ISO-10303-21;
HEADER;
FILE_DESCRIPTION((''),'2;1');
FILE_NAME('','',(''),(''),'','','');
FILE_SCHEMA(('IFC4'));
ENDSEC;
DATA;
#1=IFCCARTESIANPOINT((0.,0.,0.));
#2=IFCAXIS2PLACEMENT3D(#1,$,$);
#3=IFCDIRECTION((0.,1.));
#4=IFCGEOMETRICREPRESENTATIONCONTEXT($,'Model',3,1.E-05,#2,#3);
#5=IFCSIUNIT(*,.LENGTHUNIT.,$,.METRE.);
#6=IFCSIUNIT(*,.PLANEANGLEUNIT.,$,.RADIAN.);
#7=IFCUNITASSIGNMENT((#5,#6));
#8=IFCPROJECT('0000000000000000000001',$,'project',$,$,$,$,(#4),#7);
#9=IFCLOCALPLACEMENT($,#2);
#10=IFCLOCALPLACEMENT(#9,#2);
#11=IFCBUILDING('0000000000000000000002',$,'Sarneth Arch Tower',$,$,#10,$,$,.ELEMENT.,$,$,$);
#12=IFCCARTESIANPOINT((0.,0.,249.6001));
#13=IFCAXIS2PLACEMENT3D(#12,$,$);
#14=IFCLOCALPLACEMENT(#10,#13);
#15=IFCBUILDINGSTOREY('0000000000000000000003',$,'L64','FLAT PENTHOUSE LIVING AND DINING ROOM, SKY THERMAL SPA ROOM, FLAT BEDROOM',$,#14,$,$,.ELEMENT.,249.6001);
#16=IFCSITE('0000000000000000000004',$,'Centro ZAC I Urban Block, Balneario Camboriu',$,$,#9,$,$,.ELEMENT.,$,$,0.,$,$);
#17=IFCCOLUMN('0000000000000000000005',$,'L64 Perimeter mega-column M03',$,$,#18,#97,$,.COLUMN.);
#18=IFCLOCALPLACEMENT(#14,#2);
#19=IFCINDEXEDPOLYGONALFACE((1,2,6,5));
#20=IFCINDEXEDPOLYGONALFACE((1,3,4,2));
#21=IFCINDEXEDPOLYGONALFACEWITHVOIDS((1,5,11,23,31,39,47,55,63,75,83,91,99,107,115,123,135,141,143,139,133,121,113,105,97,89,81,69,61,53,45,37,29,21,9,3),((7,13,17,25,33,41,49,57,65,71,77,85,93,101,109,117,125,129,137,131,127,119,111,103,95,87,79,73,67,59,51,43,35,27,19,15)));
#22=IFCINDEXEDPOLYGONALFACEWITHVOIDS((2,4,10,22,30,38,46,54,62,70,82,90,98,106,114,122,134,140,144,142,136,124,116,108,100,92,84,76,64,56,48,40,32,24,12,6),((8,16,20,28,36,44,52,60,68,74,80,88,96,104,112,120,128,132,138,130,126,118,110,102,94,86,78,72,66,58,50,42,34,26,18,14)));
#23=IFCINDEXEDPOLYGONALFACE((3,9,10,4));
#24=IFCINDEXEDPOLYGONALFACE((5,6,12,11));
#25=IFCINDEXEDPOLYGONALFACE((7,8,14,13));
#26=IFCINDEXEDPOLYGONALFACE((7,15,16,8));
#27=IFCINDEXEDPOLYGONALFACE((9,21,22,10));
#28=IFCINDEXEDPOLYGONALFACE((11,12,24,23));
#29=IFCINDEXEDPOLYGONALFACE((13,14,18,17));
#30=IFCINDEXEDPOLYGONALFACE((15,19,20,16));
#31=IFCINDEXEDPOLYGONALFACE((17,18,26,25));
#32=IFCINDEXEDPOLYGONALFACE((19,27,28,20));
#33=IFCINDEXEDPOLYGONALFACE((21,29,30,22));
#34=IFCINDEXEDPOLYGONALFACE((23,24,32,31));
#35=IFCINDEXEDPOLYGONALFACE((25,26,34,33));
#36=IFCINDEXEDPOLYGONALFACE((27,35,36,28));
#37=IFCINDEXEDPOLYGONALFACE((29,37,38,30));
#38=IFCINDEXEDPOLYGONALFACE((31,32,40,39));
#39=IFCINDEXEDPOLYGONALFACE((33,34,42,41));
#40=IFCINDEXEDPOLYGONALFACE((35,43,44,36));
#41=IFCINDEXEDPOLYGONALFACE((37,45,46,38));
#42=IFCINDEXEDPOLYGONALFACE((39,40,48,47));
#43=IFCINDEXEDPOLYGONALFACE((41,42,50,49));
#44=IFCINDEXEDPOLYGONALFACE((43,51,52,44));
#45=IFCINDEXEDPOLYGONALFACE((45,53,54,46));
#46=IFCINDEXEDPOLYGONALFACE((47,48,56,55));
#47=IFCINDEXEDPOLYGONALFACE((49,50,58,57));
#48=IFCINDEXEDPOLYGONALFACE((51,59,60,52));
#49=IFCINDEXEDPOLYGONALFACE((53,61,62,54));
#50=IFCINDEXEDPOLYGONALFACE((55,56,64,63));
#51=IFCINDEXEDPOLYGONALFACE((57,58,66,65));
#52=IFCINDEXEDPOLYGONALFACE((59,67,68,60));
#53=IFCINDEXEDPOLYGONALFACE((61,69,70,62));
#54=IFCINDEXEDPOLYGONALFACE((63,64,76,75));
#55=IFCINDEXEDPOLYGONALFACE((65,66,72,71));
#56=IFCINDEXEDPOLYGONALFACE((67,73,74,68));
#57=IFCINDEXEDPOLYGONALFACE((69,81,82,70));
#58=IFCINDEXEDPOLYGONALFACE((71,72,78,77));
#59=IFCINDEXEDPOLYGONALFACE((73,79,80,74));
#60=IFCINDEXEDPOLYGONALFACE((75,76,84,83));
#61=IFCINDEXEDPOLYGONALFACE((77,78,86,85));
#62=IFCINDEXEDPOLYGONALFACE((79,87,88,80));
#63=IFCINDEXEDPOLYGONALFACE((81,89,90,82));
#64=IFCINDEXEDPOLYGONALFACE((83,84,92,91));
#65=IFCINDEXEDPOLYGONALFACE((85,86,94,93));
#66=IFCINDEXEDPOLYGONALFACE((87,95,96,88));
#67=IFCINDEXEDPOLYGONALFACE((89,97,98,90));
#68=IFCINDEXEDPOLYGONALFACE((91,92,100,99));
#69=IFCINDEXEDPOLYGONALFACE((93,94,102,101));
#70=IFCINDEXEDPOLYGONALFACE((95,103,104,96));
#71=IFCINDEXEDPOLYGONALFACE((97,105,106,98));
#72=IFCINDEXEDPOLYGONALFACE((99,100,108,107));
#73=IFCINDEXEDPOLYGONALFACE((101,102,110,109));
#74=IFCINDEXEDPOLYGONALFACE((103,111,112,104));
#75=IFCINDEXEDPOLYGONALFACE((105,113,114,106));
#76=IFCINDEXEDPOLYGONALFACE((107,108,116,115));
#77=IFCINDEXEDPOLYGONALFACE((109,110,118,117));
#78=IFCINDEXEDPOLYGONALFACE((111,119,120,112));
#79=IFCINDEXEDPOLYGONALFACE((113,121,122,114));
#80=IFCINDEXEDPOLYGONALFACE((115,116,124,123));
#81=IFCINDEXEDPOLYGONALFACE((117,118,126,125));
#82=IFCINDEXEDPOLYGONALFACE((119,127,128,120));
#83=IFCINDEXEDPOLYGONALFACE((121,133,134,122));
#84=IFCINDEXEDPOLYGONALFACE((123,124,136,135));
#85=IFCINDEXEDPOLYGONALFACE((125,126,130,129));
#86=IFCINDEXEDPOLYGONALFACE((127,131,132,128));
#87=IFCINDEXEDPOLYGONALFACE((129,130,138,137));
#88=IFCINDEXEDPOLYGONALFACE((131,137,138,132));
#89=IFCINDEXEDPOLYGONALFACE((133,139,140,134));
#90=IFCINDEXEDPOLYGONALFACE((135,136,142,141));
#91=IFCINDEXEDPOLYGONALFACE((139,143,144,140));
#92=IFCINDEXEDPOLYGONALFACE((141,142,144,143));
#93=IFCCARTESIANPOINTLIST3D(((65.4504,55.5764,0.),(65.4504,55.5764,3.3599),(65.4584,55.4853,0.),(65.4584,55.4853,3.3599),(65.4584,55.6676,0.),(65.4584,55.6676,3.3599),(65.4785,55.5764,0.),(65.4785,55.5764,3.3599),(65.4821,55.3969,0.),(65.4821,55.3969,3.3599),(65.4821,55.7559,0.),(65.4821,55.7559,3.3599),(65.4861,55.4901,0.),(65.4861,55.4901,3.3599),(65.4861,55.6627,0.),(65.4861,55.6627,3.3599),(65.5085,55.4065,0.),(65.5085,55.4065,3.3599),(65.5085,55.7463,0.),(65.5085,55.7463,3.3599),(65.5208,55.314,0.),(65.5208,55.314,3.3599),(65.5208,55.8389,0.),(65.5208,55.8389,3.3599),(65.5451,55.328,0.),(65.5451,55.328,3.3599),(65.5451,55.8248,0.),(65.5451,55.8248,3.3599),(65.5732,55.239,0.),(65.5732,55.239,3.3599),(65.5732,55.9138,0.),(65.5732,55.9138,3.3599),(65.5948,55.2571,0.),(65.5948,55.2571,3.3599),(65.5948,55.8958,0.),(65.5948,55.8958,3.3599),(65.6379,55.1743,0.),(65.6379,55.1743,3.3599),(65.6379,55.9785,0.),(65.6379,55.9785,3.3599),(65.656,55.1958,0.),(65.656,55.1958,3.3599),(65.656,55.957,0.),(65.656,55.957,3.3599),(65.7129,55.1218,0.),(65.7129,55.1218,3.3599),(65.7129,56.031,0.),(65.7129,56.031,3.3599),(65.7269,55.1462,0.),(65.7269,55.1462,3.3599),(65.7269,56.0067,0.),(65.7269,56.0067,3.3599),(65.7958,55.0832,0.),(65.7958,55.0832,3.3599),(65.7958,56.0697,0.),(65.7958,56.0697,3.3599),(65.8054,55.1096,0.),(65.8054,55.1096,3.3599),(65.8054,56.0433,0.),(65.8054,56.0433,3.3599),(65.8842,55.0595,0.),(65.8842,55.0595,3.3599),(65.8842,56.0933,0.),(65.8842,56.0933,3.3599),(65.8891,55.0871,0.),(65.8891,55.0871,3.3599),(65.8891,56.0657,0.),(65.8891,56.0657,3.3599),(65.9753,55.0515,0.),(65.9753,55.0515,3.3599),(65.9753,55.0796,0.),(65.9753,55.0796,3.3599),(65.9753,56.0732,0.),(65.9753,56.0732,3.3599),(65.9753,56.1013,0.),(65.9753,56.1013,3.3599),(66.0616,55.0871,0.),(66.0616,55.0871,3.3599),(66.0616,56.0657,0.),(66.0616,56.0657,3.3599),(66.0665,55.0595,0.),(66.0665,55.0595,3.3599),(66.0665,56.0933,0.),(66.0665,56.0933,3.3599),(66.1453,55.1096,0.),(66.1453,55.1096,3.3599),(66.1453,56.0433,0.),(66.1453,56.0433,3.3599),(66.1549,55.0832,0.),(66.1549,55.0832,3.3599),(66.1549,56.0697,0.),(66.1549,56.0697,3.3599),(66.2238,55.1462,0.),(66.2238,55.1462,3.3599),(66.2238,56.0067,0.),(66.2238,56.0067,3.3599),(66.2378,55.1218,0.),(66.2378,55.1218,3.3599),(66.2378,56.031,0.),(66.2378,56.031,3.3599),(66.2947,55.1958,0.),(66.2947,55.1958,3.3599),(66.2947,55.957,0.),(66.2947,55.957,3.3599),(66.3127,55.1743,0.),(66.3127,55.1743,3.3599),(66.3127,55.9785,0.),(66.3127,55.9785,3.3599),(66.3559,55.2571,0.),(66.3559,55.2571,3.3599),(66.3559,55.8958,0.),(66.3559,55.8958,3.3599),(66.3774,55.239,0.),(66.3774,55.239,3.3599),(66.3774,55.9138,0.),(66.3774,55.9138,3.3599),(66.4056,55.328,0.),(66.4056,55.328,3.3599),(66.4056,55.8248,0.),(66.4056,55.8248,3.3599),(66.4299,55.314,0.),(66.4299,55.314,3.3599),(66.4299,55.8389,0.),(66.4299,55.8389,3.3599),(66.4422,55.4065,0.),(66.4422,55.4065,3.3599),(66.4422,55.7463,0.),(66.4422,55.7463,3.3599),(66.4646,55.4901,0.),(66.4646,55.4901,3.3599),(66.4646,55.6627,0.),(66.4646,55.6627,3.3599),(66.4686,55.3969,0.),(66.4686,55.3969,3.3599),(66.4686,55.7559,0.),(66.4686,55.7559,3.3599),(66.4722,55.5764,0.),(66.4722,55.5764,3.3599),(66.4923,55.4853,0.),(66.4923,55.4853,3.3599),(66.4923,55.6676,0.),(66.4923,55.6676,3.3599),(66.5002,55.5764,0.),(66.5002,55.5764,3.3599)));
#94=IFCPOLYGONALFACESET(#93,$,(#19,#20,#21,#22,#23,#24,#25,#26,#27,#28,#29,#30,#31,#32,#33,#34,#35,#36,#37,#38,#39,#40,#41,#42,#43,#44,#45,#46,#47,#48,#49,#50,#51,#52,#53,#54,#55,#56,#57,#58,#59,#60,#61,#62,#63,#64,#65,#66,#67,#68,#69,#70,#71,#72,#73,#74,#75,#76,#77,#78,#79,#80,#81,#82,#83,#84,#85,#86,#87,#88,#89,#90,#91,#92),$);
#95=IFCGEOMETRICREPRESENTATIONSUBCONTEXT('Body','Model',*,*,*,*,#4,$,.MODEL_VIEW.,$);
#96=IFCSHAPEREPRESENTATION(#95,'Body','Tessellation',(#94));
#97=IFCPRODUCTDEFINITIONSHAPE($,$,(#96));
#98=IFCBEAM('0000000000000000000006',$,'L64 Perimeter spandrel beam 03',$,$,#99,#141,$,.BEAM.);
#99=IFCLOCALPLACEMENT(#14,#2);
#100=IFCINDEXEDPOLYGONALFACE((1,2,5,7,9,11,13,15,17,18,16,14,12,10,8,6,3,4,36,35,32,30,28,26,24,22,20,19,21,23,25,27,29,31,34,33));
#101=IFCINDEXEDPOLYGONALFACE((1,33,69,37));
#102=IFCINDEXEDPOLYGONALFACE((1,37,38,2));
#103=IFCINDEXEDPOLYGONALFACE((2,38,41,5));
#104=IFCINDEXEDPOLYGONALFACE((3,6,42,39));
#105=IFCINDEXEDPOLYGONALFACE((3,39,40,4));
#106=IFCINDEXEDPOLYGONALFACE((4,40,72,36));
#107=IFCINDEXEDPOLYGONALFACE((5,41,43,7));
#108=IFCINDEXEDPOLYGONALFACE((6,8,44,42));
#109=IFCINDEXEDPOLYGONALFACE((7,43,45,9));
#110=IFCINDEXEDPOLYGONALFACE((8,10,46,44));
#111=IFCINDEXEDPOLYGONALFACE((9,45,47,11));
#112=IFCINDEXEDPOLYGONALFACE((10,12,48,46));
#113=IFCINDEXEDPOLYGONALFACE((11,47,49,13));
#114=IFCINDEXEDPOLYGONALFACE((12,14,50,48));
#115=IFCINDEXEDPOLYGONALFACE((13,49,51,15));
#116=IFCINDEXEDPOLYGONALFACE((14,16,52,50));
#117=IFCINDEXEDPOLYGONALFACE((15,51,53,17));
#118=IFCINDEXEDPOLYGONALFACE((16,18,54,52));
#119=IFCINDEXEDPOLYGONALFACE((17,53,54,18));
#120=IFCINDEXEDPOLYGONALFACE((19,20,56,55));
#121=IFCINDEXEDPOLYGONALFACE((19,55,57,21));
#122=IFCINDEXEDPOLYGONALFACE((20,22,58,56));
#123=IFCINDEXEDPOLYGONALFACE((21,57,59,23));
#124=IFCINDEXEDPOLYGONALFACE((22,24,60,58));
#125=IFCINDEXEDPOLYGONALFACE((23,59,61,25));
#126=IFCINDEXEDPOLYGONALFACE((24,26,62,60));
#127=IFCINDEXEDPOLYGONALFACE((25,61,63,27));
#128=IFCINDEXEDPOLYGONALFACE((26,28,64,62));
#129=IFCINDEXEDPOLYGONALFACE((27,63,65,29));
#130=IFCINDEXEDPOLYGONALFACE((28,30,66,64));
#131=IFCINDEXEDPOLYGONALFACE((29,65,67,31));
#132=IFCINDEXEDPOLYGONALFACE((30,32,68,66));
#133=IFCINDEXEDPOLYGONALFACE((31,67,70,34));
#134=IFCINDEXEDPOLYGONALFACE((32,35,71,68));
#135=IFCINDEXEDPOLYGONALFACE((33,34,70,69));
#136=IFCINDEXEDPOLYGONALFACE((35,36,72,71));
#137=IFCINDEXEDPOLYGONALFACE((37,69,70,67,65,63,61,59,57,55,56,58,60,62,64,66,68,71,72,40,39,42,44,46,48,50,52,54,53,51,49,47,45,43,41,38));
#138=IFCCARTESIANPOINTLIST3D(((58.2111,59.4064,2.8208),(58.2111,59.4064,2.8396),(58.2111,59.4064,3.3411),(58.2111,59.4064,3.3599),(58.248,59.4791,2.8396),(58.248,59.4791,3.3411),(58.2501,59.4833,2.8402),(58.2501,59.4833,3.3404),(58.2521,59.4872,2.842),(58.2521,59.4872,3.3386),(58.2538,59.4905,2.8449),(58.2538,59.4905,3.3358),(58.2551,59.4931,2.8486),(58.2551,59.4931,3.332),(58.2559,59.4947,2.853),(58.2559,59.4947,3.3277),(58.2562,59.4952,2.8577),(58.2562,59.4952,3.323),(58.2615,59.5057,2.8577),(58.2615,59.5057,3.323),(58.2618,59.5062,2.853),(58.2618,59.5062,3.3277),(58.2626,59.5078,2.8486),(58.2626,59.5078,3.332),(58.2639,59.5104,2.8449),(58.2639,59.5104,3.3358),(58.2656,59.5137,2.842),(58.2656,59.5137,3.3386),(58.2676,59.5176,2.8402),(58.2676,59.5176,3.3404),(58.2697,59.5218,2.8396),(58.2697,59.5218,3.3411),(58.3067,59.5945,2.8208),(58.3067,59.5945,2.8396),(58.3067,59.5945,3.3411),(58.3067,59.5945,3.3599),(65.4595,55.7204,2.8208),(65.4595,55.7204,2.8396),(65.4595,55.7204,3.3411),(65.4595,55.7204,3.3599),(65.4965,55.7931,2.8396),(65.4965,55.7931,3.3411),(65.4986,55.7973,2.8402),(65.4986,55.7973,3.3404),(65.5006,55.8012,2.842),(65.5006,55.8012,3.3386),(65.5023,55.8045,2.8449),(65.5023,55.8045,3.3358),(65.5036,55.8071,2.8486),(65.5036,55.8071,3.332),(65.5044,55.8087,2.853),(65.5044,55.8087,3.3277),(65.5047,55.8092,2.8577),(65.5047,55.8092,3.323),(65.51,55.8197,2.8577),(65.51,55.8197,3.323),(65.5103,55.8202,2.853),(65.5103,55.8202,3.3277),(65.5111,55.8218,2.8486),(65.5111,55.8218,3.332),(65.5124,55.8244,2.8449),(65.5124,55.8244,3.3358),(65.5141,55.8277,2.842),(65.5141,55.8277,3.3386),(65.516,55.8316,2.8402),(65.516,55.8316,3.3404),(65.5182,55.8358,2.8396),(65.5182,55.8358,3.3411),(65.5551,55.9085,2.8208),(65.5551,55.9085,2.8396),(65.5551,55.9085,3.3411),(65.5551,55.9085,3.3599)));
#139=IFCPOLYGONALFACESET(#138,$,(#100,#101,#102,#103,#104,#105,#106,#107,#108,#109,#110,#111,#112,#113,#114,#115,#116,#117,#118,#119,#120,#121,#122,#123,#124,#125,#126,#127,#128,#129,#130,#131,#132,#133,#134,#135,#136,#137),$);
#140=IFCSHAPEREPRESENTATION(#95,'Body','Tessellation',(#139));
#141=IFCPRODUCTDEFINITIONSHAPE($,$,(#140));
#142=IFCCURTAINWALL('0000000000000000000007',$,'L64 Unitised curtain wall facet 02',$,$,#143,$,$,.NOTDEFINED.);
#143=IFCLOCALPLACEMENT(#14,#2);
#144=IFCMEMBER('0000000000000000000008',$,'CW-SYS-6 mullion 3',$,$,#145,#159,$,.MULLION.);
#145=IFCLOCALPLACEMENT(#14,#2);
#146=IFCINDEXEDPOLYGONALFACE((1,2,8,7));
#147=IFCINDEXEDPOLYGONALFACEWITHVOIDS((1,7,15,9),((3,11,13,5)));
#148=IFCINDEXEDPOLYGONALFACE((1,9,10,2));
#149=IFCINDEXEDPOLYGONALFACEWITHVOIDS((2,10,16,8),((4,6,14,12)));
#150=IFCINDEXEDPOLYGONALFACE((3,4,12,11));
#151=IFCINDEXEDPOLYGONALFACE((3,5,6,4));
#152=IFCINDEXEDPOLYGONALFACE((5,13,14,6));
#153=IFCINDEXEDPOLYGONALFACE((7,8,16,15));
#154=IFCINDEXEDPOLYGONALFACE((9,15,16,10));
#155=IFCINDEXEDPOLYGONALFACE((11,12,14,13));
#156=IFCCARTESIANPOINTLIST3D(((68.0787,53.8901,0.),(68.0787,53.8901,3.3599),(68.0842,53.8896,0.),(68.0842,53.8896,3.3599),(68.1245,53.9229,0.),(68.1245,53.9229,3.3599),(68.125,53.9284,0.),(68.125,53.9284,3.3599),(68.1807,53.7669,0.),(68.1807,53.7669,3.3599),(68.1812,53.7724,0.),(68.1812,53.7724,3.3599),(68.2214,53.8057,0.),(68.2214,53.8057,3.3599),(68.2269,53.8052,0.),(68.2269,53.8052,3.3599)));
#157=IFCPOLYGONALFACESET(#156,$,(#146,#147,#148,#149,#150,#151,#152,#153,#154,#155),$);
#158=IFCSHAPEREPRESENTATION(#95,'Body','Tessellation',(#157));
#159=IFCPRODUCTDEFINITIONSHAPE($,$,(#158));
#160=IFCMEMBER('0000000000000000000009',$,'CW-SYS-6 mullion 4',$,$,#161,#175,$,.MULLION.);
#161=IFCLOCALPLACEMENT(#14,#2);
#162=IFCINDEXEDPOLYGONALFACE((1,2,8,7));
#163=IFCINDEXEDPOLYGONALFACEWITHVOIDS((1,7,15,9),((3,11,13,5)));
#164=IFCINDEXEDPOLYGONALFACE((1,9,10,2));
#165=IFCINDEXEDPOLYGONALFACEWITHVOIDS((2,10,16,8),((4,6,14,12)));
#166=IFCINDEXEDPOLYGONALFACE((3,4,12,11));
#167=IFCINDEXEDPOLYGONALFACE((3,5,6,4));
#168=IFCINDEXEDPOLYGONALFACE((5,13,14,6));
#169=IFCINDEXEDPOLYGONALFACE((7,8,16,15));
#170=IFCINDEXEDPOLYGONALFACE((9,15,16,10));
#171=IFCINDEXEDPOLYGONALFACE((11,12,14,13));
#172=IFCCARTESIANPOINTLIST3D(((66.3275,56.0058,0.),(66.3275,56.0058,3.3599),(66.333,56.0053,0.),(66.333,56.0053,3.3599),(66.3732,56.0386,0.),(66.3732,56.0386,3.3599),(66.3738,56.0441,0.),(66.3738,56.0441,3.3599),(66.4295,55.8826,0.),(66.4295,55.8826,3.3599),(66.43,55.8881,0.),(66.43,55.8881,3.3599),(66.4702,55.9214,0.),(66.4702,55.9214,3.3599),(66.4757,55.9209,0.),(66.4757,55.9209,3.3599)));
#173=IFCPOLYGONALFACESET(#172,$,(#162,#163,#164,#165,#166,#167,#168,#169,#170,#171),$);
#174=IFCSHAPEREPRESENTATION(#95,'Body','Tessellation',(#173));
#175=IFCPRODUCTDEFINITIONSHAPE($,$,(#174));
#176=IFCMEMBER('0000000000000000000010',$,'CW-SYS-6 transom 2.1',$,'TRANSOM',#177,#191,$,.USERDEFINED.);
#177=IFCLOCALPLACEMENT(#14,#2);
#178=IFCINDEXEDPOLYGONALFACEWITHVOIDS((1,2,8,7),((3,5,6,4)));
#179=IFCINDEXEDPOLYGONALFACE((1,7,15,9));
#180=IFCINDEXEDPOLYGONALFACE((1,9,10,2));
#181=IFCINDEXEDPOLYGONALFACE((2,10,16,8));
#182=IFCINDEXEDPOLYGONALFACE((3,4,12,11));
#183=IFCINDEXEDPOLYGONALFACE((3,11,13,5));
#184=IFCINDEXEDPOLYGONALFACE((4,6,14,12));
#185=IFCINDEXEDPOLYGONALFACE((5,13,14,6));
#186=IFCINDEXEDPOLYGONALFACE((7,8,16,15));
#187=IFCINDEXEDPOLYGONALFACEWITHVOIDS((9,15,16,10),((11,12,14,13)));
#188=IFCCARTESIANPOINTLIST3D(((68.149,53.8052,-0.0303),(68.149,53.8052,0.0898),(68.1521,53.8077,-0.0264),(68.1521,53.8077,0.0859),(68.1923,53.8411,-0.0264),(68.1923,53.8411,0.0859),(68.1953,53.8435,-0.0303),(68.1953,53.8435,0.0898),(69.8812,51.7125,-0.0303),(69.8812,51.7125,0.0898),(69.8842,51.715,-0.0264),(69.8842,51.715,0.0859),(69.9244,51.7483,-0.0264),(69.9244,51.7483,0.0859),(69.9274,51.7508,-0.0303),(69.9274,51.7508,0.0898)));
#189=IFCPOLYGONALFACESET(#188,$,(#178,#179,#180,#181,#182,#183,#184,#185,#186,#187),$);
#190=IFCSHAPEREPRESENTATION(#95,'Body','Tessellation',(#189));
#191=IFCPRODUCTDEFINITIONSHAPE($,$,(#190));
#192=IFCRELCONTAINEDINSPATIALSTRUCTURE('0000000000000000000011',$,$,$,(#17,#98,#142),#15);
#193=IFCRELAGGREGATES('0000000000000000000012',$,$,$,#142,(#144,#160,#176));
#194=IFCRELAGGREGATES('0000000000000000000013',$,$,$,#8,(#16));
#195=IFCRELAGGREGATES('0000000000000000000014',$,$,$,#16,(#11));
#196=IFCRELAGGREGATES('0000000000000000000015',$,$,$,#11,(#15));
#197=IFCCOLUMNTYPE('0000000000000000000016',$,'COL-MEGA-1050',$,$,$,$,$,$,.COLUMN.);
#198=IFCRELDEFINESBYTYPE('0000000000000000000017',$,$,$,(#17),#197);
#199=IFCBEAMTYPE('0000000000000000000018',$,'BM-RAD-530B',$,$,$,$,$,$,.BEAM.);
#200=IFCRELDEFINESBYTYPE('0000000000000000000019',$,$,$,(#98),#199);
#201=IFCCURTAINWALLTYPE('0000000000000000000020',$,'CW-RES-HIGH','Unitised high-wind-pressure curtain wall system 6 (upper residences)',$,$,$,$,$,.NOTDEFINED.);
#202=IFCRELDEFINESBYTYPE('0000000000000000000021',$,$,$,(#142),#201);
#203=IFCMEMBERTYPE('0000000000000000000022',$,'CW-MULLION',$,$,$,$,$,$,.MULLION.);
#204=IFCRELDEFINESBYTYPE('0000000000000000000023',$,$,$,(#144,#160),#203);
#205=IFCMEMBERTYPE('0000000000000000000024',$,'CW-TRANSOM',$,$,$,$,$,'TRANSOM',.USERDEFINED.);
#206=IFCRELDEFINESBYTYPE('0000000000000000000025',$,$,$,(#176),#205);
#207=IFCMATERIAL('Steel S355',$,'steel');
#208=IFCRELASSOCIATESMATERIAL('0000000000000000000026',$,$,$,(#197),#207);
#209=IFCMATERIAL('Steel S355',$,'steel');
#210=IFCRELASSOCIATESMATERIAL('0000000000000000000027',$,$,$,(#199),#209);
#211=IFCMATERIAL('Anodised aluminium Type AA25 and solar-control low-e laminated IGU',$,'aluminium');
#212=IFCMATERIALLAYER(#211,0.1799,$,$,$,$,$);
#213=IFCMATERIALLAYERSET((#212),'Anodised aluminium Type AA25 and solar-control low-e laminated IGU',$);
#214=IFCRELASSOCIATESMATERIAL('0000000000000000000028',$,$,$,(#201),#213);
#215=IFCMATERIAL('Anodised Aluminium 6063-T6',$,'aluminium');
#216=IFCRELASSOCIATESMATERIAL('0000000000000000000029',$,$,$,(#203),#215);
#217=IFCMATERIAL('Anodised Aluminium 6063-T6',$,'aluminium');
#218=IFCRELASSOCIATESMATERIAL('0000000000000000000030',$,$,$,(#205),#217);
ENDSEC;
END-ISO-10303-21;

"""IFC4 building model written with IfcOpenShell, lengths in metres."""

from ifc_helpers import new_model, si_unit, direction, frame, origin, origin_2d, place, context, subcontext, project, spatial, hollow_rectangle, hollow_circle, i_section, extrude, material, layer, layer_set, material_profile, profile_set, type_object, element, aggregate, save


model = new_model("IFC4")

# Units and contexts
model_context = context("Model", 3, precision=1e-05, world=origin(), true_north=direction((0.0, 1.0)))
body_context = subcontext(model_context, "Body", "Model", "MODEL_VIEW")
ifc_project = project(units=[si_unit("LENGTHUNIT", "METRE"), si_unit("PLANEANGLEUNIT", "RADIAN")], contexts=[model_context])

# Site, building, storey
site_placement = place(None, origin())
site = spatial("IfcSite", under=ifc_project, at=site_placement, Name="Centro ZAC I Urban Block, Balneario Camboriu", CompositionType="ELEMENT", RefElevation=0.0)
building_placement = place(site_placement, origin())
building = spatial("IfcBuilding", under=site, at=building_placement, Name="Sarneth Arch Tower", CompositionType="ELEMENT")
storey_placement = place(building_placement, frame((0.0, 0.0, 249.6001)))
storey = spatial("IfcBuildingStorey", under=building, at=storey_placement, Name="L64", Description="FLAT PENTHOUSE LIVING AND DINING ROOM, SKY THERMAL SPA ROOM, FLAT BEDROOM", CompositionType="ELEMENT", Elevation=249.6001)

# Column
ifc_material_1 = material(Name="Steel S355", Category="steel")
ifc_material_profile_1 = material_profile(ifc_material_1, hollow_circle(Radius=0.5249, WallThickness=0.0281, at=origin_2d()), Name="CHS1050x28")
ifc_profile_set_1 = profile_set([ifc_material_profile_1], Name="Steel S355")
column_type = type_object("IfcColumnType", Name="COL-MEGA-1050", PredefinedType="COLUMN", material=ifc_profile_set_1)
column_placement = place(storey_placement, frame((65.9753, 55.5764, 0.0), z_axis=(0.0, 0.0, 1.0), x_axis=(1.0, 0.0, 0.0)))
element("IfcColumn", 1, at=column_placement, inside=storey, type_object=column_type, Name="L64 Perimeter mega-column M03", PredefinedType="COLUMN", context=body_context, shape_type="SweptSolid", body=[
    extrude(hollow_circle(Radius=0.5249, WallThickness=0.0281, at=origin_2d()), origin(), (0.0, 0.0, 1.0), 3.3599),
])

# Beam
ifc_material_2 = material(Name="Steel S355", Category="steel")
ifc_material_profile_2 = material_profile(ifc_material_2, i_section(OverallWidth=0.2109, OverallDepth=0.5391, WebThickness=0.0117, FlangeThickness=0.0188, FilletRadius=0.0181, at=origin_2d()), Name="W530x109")
ifc_profile_set_2 = profile_set([ifc_material_profile_2], Name="Steel S355")
beam_type = type_object("IfcBeamType", Name="BM-RAD-530B", PredefinedType="BEAM", material=ifc_profile_set_2)
beam_placement = place(storey_placement, frame((65.5073, 55.8145, 3.0903), z_axis=(-0.891368, 0.45328, 0.0), x_axis=(-0.45328, -0.891368, 0.0)))
element("IfcBeam", 2, at=beam_placement, inside=storey, type_object=beam_type, Name="L64 Perimeter spandrel beam 03", PredefinedType="BEAM", context=body_context, shape_type="SweptSolid", body=[
    extrude(i_section(OverallWidth=0.2109, OverallDepth=0.5391, WebThickness=0.0117, FlangeThickness=0.0188, FilletRadius=0.0181, at=origin_2d()), origin(), (0.0, 0.0, 1.0), 8.1318),
])

# Curtain wall, members
ifc_material_3 = material(Name="Anodised aluminium Type AA25 and solar-control low-e laminated IGU", Category="aluminium")
ifc_layer_1 = layer(ifc_material_3, 0.1799)
ifc_layer_set_1 = layer_set([ifc_layer_1], Name="Anodised aluminium Type AA25 and solar-control low-e laminated IGU")
curtain_wall_type = type_object("IfcCurtainWallType", Name="CW-RES-HIGH", Description="Unitised high-wind-pressure curtain wall system 6 (upper residences)", PredefinedType="NOTDEFINED", material=ifc_layer_set_1)
curtain_wall_placement = place(storey_placement, origin())
curtain_wall = element("IfcCurtainWall", 3, at=curtain_wall_placement, inside=storey, type_object=curtain_wall_type, Name="L64 Unitised curtain wall facet 02", PredefinedType="NOTDEFINED")
ifc_material_4 = material(Name="Anodised Aluminium 6063-T6", Category="aluminium")
ifc_material_profile_3 = material_profile(ifc_material_4, hollow_rectangle(XDim=0.0601, YDim=0.1599, WallThickness=0.0039, at=origin_2d()), Name="AL-MULL-160x60x4")
ifc_profile_set_3 = profile_set([ifc_material_profile_3], Name="Anodised Aluminium 6063-T6")
member_type_1 = type_object("IfcMemberType", Name="CW-MULLION", PredefinedType="MULLION", material=ifc_profile_set_3)
member_1_placement = place(storey_placement, frame((68.1528, 53.8477, 0.0), z_axis=(0.0, 0.0, 1.0), x_axis=(-0.770359, -0.63761, 0.0)))
member_1 = element("IfcMember", 4, at=member_1_placement, type_object=member_type_1, Name="CW-SYS-6 mullion 3", PredefinedType="MULLION", context=body_context, shape_type="SweptSolid", body=[
    extrude(hollow_rectangle(XDim=0.0601, YDim=0.1599, WallThickness=0.0039, at=origin_2d()), origin(), (0.0, 0.0, 1.0), 3.3599),
])
member_2_placement = place(storey_placement, frame((66.4016, 55.9634, 0.0), z_axis=(0.0, 0.0, 1.0), x_axis=(-0.770359, -0.63761, 0.0)))
member_2 = element("IfcMember", 5, at=member_2_placement, type_object=member_type_1, Name="CW-SYS-6 mullion 4", PredefinedType="MULLION", context=body_context, shape_type="SweptSolid", body=[
    extrude(hollow_rectangle(XDim=0.0601, YDim=0.1599, WallThickness=0.0039, at=origin_2d()), origin(), (0.0, 0.0, 1.0), 3.3599),
])
ifc_material_5 = material(Name="Anodised Aluminium 6063-T6", Category="aluminium")
ifc_material_profile_4 = material_profile(ifc_material_5, hollow_rectangle(XDim=0.0601, YDim=0.1201, WallThickness=0.0039, at=origin_2d()), Name="AL-TRAN-120x60x4")
ifc_profile_set_4 = profile_set([ifc_material_profile_4], Name="Anodised Aluminium 6063-T6")
member_type_2 = type_object("IfcMemberType", Name="CW-TRANSOM", ElementType="TRANSOM", PredefinedType="USERDEFINED", material=ifc_profile_set_4)
member_3_placement = place(storey_placement, frame((69.9043, 51.7317, 0.0298), z_axis=(-0.637617, 0.770353, 0.0), x_axis=(-0.770353, -0.637617, 0.0)))
member_3 = element("IfcMember", 6, at=member_3_placement, type_object=member_type_2, Name="CW-SYS-6 transom 2.1", ObjectType="TRANSOM", PredefinedType="USERDEFINED", context=body_context, shape_type="SweptSolid", body=[
    extrude(hollow_rectangle(XDim=0.0601, YDim=0.1201, WallThickness=0.0039, at=origin_2d()), origin(), (0.0, 0.0, 1.0), 2.7166),
])

aggregate(curtain_wall, [member_1, member_2, member_3])

save(model, "model.ifc")
